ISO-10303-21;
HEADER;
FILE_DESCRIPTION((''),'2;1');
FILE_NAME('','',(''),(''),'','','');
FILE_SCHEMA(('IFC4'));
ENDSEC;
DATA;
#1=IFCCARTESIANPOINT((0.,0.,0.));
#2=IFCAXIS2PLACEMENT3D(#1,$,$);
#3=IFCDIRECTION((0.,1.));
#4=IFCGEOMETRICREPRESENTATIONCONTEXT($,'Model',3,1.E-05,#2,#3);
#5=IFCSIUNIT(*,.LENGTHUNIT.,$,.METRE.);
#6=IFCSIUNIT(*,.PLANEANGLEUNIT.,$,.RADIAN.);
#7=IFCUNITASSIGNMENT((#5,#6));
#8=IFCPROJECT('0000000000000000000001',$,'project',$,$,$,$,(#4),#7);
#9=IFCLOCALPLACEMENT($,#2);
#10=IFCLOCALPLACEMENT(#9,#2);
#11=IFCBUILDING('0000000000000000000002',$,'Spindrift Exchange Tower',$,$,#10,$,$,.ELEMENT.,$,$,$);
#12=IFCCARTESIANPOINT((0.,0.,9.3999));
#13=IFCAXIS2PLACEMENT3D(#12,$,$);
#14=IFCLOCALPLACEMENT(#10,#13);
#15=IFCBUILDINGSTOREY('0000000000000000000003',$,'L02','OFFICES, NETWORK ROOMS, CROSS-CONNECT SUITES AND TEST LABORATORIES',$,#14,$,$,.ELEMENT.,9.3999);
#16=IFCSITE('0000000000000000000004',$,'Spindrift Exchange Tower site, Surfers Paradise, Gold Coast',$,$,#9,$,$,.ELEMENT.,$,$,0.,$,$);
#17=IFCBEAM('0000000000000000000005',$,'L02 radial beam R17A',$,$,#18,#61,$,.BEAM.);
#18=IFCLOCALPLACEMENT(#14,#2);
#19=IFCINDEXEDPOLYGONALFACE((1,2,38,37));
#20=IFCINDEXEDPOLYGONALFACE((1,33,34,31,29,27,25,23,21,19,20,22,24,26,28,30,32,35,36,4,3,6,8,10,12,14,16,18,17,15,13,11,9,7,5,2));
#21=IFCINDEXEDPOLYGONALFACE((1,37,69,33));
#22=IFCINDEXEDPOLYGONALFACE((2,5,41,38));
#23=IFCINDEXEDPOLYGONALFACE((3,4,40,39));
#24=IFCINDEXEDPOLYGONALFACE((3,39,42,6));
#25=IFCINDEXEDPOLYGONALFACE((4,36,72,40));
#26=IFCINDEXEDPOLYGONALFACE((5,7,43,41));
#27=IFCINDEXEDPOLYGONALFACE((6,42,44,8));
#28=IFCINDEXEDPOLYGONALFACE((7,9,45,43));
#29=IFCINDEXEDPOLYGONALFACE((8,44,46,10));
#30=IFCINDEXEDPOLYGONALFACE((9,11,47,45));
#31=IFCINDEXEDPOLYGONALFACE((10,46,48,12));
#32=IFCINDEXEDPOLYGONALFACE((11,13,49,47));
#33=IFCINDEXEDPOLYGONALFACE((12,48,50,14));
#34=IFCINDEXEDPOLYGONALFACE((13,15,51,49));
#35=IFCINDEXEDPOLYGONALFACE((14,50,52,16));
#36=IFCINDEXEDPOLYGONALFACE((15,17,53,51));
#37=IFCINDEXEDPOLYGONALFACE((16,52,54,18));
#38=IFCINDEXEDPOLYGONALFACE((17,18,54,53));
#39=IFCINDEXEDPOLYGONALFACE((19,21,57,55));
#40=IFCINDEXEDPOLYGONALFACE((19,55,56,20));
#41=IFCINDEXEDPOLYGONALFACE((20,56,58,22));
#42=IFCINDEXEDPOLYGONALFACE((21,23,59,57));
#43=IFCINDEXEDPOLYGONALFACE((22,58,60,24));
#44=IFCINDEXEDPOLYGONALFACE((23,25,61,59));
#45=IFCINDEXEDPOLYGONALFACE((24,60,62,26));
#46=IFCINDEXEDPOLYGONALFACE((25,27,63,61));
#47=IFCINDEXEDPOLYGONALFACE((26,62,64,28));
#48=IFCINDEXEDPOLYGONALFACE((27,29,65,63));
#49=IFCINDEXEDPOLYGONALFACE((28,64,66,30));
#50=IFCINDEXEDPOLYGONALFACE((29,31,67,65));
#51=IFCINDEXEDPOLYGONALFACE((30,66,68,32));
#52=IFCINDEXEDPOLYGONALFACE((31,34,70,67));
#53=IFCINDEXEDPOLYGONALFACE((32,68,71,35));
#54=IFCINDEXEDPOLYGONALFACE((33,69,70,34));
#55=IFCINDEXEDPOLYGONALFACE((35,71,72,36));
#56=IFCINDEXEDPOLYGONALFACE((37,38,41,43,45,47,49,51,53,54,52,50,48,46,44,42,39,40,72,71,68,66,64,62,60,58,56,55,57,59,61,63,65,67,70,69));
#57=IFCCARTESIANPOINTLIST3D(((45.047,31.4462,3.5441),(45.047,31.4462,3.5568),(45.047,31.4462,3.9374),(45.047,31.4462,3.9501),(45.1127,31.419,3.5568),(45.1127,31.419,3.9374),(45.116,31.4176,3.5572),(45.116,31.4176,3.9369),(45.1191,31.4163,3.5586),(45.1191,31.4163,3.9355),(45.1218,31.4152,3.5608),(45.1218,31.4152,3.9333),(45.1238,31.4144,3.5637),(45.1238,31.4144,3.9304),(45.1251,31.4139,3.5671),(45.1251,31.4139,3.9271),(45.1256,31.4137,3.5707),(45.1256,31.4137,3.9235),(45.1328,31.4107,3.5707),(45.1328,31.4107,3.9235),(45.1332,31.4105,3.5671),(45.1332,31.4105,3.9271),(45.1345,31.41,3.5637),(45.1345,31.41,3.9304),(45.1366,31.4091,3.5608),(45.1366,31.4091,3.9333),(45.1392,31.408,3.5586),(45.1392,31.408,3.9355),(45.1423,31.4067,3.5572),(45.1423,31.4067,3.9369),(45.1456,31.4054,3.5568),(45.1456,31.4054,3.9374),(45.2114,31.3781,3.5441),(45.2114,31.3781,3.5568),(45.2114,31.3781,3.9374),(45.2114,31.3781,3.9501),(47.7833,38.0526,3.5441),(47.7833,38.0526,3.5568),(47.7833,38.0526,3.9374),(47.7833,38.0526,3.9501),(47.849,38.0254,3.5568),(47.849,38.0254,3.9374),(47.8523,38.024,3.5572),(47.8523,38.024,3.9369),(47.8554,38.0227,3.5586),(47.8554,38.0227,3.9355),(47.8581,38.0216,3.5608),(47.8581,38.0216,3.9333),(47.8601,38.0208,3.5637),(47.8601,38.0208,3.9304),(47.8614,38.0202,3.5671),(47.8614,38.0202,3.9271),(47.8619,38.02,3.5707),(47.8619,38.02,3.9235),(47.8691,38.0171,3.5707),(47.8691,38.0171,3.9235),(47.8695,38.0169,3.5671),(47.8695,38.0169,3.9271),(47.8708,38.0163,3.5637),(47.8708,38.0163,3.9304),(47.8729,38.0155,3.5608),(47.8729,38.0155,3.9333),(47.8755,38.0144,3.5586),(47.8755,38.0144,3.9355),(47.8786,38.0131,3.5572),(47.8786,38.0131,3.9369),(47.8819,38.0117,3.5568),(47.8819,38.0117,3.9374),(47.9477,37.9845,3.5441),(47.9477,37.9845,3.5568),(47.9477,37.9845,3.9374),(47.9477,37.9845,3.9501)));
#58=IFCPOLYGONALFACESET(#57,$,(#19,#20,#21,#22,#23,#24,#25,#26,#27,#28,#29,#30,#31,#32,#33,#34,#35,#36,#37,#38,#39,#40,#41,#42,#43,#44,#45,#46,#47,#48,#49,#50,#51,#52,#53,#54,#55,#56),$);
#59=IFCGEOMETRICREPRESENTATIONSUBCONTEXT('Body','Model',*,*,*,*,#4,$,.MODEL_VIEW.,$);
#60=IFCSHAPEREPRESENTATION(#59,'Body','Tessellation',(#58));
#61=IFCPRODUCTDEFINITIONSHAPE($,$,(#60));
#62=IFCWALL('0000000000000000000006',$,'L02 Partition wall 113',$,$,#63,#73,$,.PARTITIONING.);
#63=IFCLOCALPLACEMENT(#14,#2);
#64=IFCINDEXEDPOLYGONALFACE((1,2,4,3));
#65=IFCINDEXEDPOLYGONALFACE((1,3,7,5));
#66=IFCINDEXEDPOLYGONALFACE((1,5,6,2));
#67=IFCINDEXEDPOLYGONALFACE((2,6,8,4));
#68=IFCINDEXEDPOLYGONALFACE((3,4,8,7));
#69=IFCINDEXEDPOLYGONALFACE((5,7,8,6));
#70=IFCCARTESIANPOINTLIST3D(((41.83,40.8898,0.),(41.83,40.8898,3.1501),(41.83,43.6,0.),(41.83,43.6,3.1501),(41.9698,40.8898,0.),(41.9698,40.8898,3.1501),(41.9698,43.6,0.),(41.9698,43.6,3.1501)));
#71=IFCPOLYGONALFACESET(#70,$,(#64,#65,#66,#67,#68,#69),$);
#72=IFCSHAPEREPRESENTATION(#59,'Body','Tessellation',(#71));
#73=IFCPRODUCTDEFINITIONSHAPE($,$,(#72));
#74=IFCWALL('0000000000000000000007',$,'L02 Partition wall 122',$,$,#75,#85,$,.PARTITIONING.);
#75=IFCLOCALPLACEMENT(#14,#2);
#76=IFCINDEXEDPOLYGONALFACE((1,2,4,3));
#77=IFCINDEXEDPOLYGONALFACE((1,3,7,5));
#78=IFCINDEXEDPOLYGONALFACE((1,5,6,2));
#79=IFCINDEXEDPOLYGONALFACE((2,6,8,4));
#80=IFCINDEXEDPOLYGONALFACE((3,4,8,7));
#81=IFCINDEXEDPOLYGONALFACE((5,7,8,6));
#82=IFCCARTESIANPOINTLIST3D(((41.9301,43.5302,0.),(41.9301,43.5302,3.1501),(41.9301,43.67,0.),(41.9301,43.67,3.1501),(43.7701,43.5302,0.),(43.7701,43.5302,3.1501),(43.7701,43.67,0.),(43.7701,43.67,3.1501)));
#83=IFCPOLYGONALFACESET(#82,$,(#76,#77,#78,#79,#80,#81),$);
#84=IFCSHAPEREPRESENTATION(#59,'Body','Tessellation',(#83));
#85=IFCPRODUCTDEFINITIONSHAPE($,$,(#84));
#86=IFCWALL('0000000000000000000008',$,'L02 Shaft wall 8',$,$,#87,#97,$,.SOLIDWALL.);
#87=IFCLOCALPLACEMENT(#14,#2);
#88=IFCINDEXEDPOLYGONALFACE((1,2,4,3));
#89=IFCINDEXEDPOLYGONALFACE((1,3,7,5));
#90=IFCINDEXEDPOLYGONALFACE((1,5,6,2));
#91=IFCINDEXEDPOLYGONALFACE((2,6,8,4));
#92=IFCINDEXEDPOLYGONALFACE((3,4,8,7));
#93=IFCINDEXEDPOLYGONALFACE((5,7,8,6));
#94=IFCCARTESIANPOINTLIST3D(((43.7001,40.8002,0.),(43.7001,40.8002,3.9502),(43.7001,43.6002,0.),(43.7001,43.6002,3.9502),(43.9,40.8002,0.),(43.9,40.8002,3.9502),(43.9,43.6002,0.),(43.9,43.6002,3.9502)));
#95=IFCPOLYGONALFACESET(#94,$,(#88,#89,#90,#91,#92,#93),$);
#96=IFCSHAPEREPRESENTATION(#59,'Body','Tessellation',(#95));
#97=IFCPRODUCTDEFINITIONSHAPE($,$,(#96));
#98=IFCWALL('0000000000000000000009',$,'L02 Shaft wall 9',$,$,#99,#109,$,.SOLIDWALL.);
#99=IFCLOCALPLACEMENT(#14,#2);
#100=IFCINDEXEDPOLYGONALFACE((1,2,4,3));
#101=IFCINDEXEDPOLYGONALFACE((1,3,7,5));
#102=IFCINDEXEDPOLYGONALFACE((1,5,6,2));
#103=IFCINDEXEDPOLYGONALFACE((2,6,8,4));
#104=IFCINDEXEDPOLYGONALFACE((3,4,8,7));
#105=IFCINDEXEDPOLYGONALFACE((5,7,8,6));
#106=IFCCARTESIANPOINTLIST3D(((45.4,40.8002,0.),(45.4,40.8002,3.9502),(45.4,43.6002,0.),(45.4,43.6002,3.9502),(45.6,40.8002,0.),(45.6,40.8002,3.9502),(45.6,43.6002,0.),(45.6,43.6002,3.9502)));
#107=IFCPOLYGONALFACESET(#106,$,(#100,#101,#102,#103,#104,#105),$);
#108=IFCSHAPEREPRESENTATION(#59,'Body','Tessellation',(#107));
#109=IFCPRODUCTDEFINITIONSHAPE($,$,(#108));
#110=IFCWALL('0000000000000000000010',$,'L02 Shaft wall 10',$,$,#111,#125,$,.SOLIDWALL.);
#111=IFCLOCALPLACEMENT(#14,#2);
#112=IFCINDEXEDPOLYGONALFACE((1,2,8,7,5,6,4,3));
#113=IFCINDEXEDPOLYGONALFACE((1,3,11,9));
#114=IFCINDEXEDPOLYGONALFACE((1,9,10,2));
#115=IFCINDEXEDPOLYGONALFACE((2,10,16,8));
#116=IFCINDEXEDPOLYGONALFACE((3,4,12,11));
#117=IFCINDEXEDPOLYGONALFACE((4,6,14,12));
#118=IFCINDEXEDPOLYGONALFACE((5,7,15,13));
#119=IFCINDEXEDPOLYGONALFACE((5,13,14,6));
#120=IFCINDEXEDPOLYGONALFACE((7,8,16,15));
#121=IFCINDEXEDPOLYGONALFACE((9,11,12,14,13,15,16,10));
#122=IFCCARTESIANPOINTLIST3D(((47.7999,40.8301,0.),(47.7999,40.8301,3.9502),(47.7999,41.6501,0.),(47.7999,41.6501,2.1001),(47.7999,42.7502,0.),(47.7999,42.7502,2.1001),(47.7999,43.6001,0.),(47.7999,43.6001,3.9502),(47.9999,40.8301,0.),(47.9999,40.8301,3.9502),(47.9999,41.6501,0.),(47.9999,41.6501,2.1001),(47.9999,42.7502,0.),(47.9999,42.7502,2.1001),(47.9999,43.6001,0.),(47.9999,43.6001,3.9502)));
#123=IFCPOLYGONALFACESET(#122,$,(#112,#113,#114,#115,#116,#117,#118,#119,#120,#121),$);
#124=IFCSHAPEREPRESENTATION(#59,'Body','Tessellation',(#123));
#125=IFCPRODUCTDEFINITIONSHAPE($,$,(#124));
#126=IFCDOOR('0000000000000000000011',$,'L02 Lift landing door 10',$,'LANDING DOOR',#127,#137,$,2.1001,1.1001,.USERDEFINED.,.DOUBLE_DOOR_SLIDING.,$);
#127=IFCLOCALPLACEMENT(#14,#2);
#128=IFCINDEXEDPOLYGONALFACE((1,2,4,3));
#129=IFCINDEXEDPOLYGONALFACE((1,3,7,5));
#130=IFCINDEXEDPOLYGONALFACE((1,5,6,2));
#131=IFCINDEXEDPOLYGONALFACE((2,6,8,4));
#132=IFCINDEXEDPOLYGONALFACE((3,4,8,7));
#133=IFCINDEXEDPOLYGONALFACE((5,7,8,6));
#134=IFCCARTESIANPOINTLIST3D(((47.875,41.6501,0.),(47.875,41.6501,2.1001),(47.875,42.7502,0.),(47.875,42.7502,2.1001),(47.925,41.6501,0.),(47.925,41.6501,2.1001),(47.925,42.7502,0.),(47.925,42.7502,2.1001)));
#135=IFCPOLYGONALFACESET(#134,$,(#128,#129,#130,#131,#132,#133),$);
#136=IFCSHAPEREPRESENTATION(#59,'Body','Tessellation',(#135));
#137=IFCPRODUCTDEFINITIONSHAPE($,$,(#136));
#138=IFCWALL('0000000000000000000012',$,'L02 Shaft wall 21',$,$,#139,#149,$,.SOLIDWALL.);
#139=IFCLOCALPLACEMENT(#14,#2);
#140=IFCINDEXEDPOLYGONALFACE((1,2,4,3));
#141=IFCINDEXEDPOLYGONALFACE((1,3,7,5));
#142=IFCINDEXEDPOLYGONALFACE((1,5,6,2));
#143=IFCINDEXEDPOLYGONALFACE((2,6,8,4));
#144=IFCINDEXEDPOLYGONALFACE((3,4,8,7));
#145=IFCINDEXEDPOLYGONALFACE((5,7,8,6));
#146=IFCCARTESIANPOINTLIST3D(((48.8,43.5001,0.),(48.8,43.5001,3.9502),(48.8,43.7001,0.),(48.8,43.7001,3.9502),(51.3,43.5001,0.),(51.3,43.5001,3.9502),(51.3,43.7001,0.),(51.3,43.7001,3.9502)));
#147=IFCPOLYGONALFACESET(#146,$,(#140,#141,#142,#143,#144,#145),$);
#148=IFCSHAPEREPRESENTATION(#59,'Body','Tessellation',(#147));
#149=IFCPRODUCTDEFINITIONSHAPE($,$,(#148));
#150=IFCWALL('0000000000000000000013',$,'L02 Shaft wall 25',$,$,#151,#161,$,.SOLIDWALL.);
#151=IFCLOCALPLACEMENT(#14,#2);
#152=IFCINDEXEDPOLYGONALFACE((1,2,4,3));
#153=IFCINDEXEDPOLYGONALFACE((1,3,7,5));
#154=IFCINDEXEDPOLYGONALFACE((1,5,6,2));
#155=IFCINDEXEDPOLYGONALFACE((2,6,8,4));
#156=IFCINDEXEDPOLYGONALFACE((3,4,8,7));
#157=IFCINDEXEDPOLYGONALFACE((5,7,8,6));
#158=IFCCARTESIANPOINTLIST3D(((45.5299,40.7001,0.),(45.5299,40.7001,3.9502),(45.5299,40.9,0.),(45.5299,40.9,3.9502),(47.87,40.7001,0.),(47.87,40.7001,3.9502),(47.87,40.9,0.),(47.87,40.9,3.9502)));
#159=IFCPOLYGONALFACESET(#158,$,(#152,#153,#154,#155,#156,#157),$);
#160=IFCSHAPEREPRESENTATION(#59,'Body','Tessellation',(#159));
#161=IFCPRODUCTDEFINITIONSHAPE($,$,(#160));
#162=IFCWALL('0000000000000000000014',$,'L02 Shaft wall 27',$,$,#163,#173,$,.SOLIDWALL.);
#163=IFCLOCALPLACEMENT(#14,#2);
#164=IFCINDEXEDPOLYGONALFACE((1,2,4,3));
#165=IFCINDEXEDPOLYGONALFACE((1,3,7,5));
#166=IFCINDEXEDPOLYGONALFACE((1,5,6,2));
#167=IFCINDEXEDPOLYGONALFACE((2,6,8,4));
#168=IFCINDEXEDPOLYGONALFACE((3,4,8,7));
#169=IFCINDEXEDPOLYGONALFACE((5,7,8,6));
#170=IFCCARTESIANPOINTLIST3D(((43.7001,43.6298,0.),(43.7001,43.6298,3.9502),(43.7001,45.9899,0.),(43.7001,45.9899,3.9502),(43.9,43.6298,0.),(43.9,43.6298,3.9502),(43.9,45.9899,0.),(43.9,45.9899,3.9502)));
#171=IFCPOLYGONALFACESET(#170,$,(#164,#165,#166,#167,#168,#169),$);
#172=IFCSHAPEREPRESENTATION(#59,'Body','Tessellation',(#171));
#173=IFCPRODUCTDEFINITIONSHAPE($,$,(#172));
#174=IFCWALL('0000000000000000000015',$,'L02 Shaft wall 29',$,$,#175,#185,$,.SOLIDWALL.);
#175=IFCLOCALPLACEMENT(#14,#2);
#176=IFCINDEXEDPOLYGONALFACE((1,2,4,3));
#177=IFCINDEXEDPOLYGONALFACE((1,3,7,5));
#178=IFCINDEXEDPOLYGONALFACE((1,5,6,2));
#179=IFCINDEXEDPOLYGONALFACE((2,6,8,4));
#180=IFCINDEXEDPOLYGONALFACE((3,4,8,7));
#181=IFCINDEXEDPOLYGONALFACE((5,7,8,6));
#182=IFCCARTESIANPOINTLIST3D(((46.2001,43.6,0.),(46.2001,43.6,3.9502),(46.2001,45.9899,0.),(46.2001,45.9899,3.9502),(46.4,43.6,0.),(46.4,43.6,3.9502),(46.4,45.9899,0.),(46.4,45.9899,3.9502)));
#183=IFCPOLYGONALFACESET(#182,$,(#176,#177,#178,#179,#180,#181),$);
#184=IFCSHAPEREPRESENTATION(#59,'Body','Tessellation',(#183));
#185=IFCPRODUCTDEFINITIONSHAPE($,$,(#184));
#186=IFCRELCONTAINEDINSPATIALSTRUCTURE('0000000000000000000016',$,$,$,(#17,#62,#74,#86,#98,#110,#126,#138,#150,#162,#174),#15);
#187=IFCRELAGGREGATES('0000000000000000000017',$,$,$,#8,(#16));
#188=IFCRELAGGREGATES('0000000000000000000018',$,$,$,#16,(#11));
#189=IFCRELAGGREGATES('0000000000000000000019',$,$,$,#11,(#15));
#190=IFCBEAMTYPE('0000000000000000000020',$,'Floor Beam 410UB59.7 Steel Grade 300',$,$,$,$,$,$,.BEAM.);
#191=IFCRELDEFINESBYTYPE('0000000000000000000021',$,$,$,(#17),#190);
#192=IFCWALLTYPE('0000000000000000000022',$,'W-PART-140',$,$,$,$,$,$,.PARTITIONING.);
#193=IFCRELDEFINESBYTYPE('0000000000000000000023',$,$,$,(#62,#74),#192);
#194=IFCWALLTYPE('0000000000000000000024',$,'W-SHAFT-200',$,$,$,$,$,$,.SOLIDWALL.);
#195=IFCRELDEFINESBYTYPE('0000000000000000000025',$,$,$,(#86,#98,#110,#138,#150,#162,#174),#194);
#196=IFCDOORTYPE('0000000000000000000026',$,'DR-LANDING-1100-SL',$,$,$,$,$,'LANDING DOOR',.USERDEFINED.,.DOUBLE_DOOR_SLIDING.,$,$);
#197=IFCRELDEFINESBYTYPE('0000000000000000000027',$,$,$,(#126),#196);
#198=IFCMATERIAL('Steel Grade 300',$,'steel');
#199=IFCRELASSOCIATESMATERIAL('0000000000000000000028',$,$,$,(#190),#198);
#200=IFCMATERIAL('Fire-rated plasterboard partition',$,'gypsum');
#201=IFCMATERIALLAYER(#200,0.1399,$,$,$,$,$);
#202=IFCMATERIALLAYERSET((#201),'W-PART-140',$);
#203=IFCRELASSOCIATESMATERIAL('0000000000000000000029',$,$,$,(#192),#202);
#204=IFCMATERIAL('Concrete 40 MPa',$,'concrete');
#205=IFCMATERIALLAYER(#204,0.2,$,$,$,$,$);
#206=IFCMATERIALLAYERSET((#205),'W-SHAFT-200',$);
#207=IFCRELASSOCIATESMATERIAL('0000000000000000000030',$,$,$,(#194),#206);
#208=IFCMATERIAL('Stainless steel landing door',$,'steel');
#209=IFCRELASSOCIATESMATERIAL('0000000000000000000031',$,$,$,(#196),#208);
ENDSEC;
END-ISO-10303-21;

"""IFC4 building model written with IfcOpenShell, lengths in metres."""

from ifc_helpers import new_model, si_unit, direction, frame, frame_2d, origin, origin_2d, place, context, subcontext, project, spatial, rectangle, i_section, extrude, source, transform, mapped, material, layer, layer_set, material_profile, profile_set, type_object, element, fill, save


model = new_model("IFC4")

# Units and contexts
model_context = context("Model", 3, precision=1e-05, world=origin(), true_north=direction((0.0, 1.0)))
body_context = subcontext(model_context, "Body", "Model", "MODEL_VIEW")
ifc_project = project(units=[si_unit("LENGTHUNIT", "METRE"), si_unit("PLANEANGLEUNIT", "RADIAN")], contexts=[model_context])

# Site, building, storey
site_placement = place(None, origin())
site = spatial("IfcSite", under=ifc_project, at=site_placement, Name="Spindrift Exchange Tower site, Surfers Paradise, Gold Coast", CompositionType="ELEMENT", RefElevation=0.0)
building_placement = place(site_placement, origin())
building = spatial("IfcBuilding", under=site, at=building_placement, Name="Spindrift Exchange Tower", CompositionType="ELEMENT")
storey_placement = place(building_placement, frame((0.0, 0.0, 9.3999)))
storey = spatial("IfcBuildingStorey", under=building, at=storey_placement, Name="L02", Description="OFFICES, NETWORK ROOMS, CROSS-CONNECT SUITES AND TEST LABORATORIES", CompositionType="ELEMENT", Elevation=9.3999)

# Beam
ifc_material_1 = material(Name="Steel Grade 300", Category="steel")
ifc_material_profile = material_profile(ifc_material_1, i_section(OverallWidth=0.178, OverallDepth=0.406, WebThickness=0.0078, FlangeThickness=0.0127, FilletRadius=0.0139, at=origin_2d()), Name="410UB59.7")
ifc_profile_set = profile_set([ifc_material_profile], Name="Steel Grade 300")
beam_type = type_object("IfcBeamType", Name="Floor Beam 410UB59.7 Steel Grade 300", PredefinedType="BEAM", material=ifc_profile_set)
shared_shape_1 = source(origin(), body_context, "Body", "SweptSolid", [
    extrude(i_section(OverallWidth=0.178, OverallDepth=0.406, WebThickness=0.0078, FlangeThickness=0.0127, FilletRadius=0.0139, at=origin_2d()), origin(), (0.0, 0.0, 1.0), 7.1506),
])
beam_placement = place(storey_placement, frame((47.8655, 38.0186, 3.7471), z_axis=(-0.382665, -0.923887, 0.0), x_axis=(0.923887, -0.382665, 0.0)))
element("IfcBeam", 1, at=beam_placement, inside=storey, type_object=beam_type, Name="L02 radial beam R17A", PredefinedType="BEAM", context=body_context, shape_type="MappedRepresentation", body=[
    mapped(shared_shape_1, transform((0.0, 0.0, 0.0), scale=1.0)),
])

# Walls
ifc_material_2 = material(Name="Fire-rated plasterboard partition", Category="gypsum")
ifc_layer_1 = layer(ifc_material_2, 0.1399)
ifc_layer_set_1 = layer_set([ifc_layer_1], Name="W-PART-140")
wall_type_1 = type_object("IfcWallType", Name="W-PART-140", PredefinedType="PARTITIONING", material=ifc_layer_set_1)
wall_1_placement = place(storey_placement, frame((41.8999, 40.8899, 0.0), z_axis=(0.0, 0.0, 1.0), x_axis=(0.0, 1.0, 0.0)))
element("IfcWall", 2, at=wall_1_placement, inside=storey, type_object=wall_type_1, Name="L02 Partition wall 113", PredefinedType="PARTITIONING", context=body_context, shape_type="SweptSolid", body=[
    extrude(rectangle(XDim=2.7102, YDim=0.1399, at=frame_2d((1.355, 0.0))), origin(), (0.0, 0.0, 1.0), 3.1501),
])
wall_2_placement = place(storey_placement, frame((43.77, 43.6001, 0.0), z_axis=(0.0, 0.0, 1.0), x_axis=(-1.0, 0.0, 0.0)))
element("IfcWall", 3, at=wall_2_placement, inside=storey, type_object=wall_type_1, Name="L02 Partition wall 122", PredefinedType="PARTITIONING", context=body_context, shape_type="SweptSolid", body=[
    extrude(rectangle(XDim=1.8401, YDim=0.1399, at=frame_2d((0.9199, 0.0))), origin(), (0.0, 0.0, 1.0), 3.1501),
])
ifc_material_3 = material(Name="Concrete 40 MPa", Category="concrete")
ifc_layer_2 = layer(ifc_material_3, 0.2)
ifc_layer_set_2 = layer_set([ifc_layer_2], Name="W-SHAFT-200")
wall_type_2 = type_object("IfcWallType", Name="W-SHAFT-200", PredefinedType="SOLIDWALL", material=ifc_layer_set_2)
for number, where, z_axis, x_axis, name in (
    (4, (43.8, 43.6001, 0.0), (0.0, 0.0, 1.0), (0.0, -1.0, 0.0), "L02 Shaft wall 8"),
    (5, (45.5, 43.6001, 0.0), (0.0, 0.0, 1.0), (0.0, -1.0, 0.0), "L02 Shaft wall 9"),
):
    element("IfcWall", number, at=place(storey_placement, frame(where, z_axis=z_axis, x_axis=x_axis)), inside=storey, type_object=wall_type_2, Name=name, PredefinedType="SOLIDWALL", context=body_context, shape_type="SweptSolid", body=[
        extrude(rectangle(XDim=2.8, YDim=0.2, at=frame_2d((1.3999, 0.0))), origin(), (0.0, 0.0, 1.0), 3.9502),
    ])

# Wall, opening, door
wall_3_placement = place(storey_placement, frame((47.8999, 40.8301, 0.0), z_axis=(0.0, 0.0, 1.0), x_axis=(0.0, 1.0, 0.0)))
wall_3 = element("IfcWall", 6, at=wall_3_placement, inside=storey, type_object=wall_type_2, Name="L02 Shaft wall 10", PredefinedType="SOLIDWALL", context=body_context, shape_type="SweptSolid", body=[
    extrude(rectangle(XDim=2.77, YDim=0.2, at=frame_2d((1.385, 0.0))), origin(), (0.0, 0.0, 1.0), 3.9502),
])
opening_1_placement = place(wall_3_placement, frame((0.8201, 0.0, 0.0)))
opening_1 = element("IfcOpeningElement", 7, at=opening_1_placement, cuts=wall_3, PredefinedType="OPENING", context=body_context, shape_type="SweptSolid", body=[
    extrude(rectangle(XDim=1.1001, YDim=2.1001, at=frame_2d((0.55, 1.05))), frame((0.0, 0.1099, 0.0), z_axis=(0.0, -1.0, 0.0), x_axis=(1.0, 0.0, 0.0)), (0.0, 0.0, 1.0), 0.22),
])
ifc_material_4 = material(Name="Stainless steel landing door", Category="steel")
door_type_1 = type_object("IfcDoorType", Name="DR-LANDING-1100-SL", ElementType="LANDING DOOR", OperationType="DOUBLE_DOOR_SLIDING", PredefinedType="USERDEFINED", material=ifc_material_4)
shared_shape_2 = source(origin(), body_context, "Body", "SweptSolid", [
    extrude(rectangle(XDim=1.1001, YDim=2.1001, at=frame_2d((0.55, 1.05))), frame((0.0, 0.0249, 0.0), z_axis=(0.0, -1.0, 0.0), x_axis=(1.0, 0.0, 0.0)), (0.0, 0.0, 1.0), 0.05),
])
door_1_placement = place(opening_1_placement, origin())
door_1 = element("IfcDoor", 8, at=door_1_placement, inside=storey, type_object=door_type_1, Name="L02 Lift landing door 10", ObjectType="LANDING DOOR", OperationType="DOUBLE_DOOR_SLIDING", OverallHeight=2.1001, OverallWidth=1.1001, PredefinedType="USERDEFINED", context=body_context, shape_type="MappedRepresentation", body=[
    mapped(shared_shape_2, transform((0.0, 0.0, 0.0), scale=1.0)),
])
fill(opening_1, door_1)

# Walls
wall_4_placement = place(storey_placement, frame((48.8, 43.6001, 0.0), z_axis=(0.0, 0.0, 1.0), x_axis=(1.0, 0.0, 0.0)))
element("IfcWall", 9, at=wall_4_placement, inside=storey, type_object=wall_type_2, Name="L02 Shaft wall 21", PredefinedType="SOLIDWALL", context=body_context, shape_type="SweptSolid", body=[
    extrude(rectangle(XDim=2.5, YDim=0.2, at=frame_2d((1.25, 0.0))), origin(), (0.0, 0.0, 1.0), 3.9502),
])
wall_5_placement = place(storey_placement, frame((45.53, 40.8, 0.0), z_axis=(0.0, 0.0, 1.0), x_axis=(1.0, 0.0, 0.0)))
element("IfcWall", 10, at=wall_5_placement, inside=storey, type_object=wall_type_2, Name="L02 Shaft wall 25", PredefinedType="SOLIDWALL", context=body_context, shape_type="SweptSolid", body=[
    extrude(rectangle(XDim=2.3401, YDim=0.2, at=frame_2d((1.1699, 0.0))), origin(), (0.0, 0.0, 1.0), 3.9502),
])
wall_6_placement = place(storey_placement, frame((43.8, 45.99, 0.0), z_axis=(0.0, 0.0, 1.0), x_axis=(0.0, -1.0, 0.0)))
element("IfcWall", 11, at=wall_6_placement, inside=storey, type_object=wall_type_2, Name="L02 Shaft wall 27", PredefinedType="SOLIDWALL", context=body_context, shape_type="SweptSolid", body=[
    extrude(rectangle(XDim=2.3601, YDim=0.2, at=frame_2d((1.1802, 0.0))), origin(), (0.0, 0.0, 1.0), 3.9502),
])
wall_7_placement = place(storey_placement, frame((46.3, 43.6001, 0.0), z_axis=(0.0, 0.0, 1.0), x_axis=(0.0, 1.0, 0.0)))
element("IfcWall", 12, at=wall_7_placement, inside=storey, type_object=wall_type_2, Name="L02 Shaft wall 29", PredefinedType="SOLIDWALL", context=body_context, shape_type="SweptSolid", body=[
    extrude(rectangle(XDim=2.3899, YDim=0.2, at=frame_2d((1.1948, 0.0))), origin(), (0.0, 0.0, 1.0), 3.9502),
])

save(model, "model.ifc")
